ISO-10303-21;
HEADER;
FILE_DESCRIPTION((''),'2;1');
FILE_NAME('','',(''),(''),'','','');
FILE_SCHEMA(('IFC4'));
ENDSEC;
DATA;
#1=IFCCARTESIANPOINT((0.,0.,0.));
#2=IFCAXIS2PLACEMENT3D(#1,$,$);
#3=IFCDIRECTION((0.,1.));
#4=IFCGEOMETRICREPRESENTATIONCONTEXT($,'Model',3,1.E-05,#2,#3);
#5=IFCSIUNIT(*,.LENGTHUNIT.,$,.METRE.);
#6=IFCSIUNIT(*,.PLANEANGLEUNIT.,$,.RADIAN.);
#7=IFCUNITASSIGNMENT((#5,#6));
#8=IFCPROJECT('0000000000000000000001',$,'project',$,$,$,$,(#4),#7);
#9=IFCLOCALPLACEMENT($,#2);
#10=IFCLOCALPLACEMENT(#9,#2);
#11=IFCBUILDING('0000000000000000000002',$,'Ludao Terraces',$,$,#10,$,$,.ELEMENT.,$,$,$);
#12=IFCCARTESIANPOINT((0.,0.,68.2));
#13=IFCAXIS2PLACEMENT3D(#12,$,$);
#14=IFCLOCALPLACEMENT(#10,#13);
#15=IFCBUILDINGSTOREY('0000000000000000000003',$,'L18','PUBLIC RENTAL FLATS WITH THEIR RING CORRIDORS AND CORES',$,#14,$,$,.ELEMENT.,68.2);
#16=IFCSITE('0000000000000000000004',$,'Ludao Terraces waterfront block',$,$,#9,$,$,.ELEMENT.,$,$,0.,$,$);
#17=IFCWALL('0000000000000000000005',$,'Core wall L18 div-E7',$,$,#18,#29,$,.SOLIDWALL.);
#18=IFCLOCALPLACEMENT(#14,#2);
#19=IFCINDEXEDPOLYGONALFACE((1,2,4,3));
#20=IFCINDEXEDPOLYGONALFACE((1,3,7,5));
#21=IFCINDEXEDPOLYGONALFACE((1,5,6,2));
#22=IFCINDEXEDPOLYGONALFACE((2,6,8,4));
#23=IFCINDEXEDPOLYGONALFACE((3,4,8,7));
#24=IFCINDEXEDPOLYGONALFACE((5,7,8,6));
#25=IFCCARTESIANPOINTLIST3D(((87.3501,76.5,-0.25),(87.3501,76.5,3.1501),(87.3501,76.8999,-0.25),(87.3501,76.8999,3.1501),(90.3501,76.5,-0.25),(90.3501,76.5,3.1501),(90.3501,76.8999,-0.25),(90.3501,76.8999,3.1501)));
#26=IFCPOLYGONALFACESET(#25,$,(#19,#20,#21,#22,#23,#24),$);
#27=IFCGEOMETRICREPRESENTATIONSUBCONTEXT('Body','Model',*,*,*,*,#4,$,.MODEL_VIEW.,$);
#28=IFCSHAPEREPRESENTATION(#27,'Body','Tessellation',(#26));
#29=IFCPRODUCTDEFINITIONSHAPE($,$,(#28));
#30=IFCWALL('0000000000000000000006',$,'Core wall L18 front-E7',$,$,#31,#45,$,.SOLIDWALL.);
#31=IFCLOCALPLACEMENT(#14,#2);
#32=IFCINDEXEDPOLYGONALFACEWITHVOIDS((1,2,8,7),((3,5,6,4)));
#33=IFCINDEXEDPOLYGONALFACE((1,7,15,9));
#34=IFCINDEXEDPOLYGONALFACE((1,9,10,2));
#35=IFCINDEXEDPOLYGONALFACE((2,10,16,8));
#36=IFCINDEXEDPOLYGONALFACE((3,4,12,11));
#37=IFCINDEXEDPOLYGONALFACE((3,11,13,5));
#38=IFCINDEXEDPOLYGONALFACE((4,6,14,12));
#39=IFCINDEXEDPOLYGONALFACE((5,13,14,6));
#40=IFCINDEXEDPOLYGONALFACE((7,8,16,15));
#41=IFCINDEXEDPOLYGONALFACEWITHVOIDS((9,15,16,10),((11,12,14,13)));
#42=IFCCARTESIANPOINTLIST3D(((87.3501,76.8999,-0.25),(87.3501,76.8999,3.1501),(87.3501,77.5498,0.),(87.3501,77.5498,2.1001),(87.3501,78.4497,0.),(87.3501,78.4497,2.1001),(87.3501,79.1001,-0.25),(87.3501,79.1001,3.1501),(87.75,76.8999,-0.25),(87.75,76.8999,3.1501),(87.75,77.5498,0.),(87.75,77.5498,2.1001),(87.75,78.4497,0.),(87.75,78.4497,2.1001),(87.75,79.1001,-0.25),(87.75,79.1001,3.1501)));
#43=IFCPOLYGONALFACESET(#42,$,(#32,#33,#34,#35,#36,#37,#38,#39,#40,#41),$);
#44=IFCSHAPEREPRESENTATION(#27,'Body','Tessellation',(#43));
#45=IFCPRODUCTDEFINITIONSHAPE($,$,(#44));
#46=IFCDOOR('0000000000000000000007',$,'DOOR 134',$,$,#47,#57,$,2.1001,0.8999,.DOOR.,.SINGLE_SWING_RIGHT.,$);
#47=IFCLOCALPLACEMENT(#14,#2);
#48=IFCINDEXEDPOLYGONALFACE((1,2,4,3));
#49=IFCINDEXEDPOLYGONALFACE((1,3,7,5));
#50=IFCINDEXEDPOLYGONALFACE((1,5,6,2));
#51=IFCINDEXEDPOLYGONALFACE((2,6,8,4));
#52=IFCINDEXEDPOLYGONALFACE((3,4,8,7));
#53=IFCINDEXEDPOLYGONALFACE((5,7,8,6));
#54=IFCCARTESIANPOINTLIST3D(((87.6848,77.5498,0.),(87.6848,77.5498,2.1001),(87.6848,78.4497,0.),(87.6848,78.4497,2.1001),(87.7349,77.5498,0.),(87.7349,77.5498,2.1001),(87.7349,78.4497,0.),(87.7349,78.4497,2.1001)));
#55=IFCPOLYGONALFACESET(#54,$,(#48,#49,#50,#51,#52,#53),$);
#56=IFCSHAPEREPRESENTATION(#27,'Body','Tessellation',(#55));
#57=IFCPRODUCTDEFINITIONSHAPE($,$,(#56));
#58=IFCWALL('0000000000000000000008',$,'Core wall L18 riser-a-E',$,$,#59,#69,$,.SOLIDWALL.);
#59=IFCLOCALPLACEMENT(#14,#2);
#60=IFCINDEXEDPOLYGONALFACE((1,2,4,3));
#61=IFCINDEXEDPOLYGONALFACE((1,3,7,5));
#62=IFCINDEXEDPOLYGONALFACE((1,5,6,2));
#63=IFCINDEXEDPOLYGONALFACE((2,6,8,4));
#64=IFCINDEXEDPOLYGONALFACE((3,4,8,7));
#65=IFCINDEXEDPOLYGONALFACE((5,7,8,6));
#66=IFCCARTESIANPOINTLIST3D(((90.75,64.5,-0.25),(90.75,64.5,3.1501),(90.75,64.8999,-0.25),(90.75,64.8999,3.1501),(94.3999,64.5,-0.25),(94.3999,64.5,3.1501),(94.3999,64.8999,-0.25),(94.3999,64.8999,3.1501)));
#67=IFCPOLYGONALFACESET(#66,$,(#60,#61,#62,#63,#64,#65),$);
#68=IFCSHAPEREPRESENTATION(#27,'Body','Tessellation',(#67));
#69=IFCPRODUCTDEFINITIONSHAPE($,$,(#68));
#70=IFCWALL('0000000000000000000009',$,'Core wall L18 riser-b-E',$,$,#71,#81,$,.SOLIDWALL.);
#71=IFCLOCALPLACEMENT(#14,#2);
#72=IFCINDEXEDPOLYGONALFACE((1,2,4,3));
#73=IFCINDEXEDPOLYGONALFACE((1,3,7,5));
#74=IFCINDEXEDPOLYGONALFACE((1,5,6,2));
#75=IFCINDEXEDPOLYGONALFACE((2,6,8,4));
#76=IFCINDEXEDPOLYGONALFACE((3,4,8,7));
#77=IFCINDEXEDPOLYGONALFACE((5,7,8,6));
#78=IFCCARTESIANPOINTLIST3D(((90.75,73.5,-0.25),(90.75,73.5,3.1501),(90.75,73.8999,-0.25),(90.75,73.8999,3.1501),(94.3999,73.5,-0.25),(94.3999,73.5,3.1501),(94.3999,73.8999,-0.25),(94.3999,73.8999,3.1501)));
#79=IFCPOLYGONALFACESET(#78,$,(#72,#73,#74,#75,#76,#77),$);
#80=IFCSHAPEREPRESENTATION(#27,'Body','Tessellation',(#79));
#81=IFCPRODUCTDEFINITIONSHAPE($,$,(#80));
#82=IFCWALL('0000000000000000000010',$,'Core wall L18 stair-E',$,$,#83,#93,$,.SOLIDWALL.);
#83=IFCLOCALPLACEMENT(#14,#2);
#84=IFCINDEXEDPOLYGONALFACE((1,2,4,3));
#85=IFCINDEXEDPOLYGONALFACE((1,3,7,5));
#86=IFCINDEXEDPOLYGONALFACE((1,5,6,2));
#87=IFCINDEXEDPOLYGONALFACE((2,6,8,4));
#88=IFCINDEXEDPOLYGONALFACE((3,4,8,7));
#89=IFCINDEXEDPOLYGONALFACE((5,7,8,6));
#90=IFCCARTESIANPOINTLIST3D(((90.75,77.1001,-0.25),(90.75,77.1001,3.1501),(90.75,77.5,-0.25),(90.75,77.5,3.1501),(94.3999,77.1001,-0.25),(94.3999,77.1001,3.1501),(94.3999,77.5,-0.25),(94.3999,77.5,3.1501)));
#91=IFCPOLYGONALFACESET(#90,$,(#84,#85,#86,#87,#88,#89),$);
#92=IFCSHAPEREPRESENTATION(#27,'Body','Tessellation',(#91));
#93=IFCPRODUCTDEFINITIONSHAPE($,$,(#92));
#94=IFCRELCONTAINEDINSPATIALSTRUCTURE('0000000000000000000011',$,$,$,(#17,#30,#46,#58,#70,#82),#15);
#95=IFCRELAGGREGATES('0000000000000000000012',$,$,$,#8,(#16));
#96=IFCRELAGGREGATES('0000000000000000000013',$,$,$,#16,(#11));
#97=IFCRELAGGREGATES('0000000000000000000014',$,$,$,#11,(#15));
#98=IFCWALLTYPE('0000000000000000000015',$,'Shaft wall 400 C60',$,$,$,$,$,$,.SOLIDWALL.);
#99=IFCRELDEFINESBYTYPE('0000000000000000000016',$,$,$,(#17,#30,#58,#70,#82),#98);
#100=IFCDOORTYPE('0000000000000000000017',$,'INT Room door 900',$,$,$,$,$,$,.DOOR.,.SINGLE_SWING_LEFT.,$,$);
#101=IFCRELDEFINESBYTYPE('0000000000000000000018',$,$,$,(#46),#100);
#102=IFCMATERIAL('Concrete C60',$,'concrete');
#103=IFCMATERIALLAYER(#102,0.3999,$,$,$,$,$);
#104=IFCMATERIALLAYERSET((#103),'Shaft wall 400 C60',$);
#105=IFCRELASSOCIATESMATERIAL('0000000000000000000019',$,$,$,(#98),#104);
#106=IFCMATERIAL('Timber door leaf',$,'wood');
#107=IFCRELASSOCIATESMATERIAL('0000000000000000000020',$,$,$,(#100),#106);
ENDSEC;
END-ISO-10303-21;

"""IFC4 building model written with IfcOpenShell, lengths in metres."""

from ifc_helpers import new_model, si_unit, direction, frame, frame_2d, origin, place, context, subcontext, project, spatial, rectangle, extrude, material, layer, layer_set, type_object, element, fill, save


model = new_model("IFC4")

# Units and contexts
model_context = context("Model", 3, precision=1e-05, world=origin(), true_north=direction((0.0, 1.0)))
body_context = subcontext(model_context, "Body", "Model", "MODEL_VIEW")
ifc_project = project(units=[si_unit("LENGTHUNIT", "METRE"), si_unit("PLANEANGLEUNIT", "RADIAN")], contexts=[model_context])

# Site, building, storey
site_placement = place(None, origin())
site = spatial("IfcSite", under=ifc_project, at=site_placement, Name="Ludao Terraces waterfront block", CompositionType="ELEMENT", RefElevation=0.0)
building_placement = place(site_placement, origin())
building = spatial("IfcBuilding", under=site, at=building_placement, Name="Ludao Terraces", CompositionType="ELEMENT")
storey_placement = place(building_placement, frame((0.0, 0.0, 68.2)))
storey = spatial("IfcBuildingStorey", under=building, at=storey_placement, Name="L18", Description="PUBLIC RENTAL FLATS WITH THEIR RING CORRIDORS AND CORES", CompositionType="ELEMENT", Elevation=68.2)

# Shared definitions
ifc_material_1 = material(Name="Concrete C60", Category="concrete")
ifc_layer_1 = layer(ifc_material_1, 0.3999)
ifc_layer_set_1 = layer_set([ifc_layer_1], Name="Shaft wall 400 C60")
wall_type_1 = type_object("IfcWallType", Name="Shaft wall 400 C60", PredefinedType="SOLIDWALL", material=ifc_layer_set_1)

# Shared definitions
ifc_material_2 = material(Name="Timber door leaf", Category="wood")
door_type_1 = type_object("IfcDoorType", Name="INT Room door 900", OperationType="SINGLE_SWING_LEFT", PredefinedType="DOOR", material=ifc_material_2)

# Wall
wall_1_placement = place(storey_placement, frame((87.3501, 76.7, -0.25), z_axis=(0.0, 0.0, 1.0), x_axis=(1.0, 0.0, 0.0)))
element("IfcWall", 1, at=wall_1_placement, inside=storey, type_object=wall_type_1, Name="Core wall L18 div-E7", PredefinedType="SOLIDWALL", context=body_context, shape_type="SweptSolid", body=[
    extrude(rectangle(XDim=3.0, YDim=0.3999, at=frame_2d((1.5, 0.0))), origin(), (0.0, 0.0, 1.0), 3.4001),
])

# Wall, opening, door
wall_2_placement = place(storey_placement, frame((87.55, 76.8999, -0.25), z_axis=(0.0, 0.0, 1.0), x_axis=(0.0, 1.0, 0.0)))
wall_2 = element("IfcWall", 2, at=wall_2_placement, inside=storey, type_object=wall_type_1, Name="Core wall L18 front-E7", PredefinedType="SOLIDWALL", context=body_context, shape_type="SweptSolid", body=[
    extrude(rectangle(XDim=2.2002, YDim=0.3999, at=frame_2d((1.1001, 0.0))), origin(), (0.0, 0.0, 1.0), 3.4001),
])
opening_1_placement = place(wall_2_placement, frame((0.6499, 0.0, 0.25)))
opening_1 = element("IfcOpeningElement", 3, at=opening_1_placement, cuts=wall_2, PredefinedType="OPENING", context=body_context, shape_type="SweptSolid", body=[
    extrude(rectangle(XDim=0.8999, YDim=2.1001, at=frame_2d((0.45, 1.05))), frame((0.0, 0.21, 0.0), z_axis=(0.0, -1.0, 0.0), x_axis=(1.0, 0.0, 0.0)), (0.0, 0.0, 1.0), 0.4199),
])
door_1_placement = place(opening_1_placement, origin())
door_1 = element("IfcDoor", 4, at=door_1_placement, inside=storey, type_object=door_type_1, Name="DOOR 134", OperationType="SINGLE_SWING_RIGHT", OverallHeight=2.1001, OverallWidth=0.8999, PredefinedType="DOOR", context=body_context, shape_type="SweptSolid", body=[
    extrude(rectangle(XDim=0.8999, YDim=2.1001, at=frame_2d((0.45, 1.05))), frame((0.0, -0.1348, 0.0), z_axis=(0.0, -1.0, 0.0), x_axis=(1.0, 0.0, 0.0)), (0.0, 0.0, 1.0), 0.05),
])
fill(opening_1, door_1)

# Walls
for number, where, z_axis, x_axis, name in (
    (5, (90.75, 64.7, -0.25), (0.0, 0.0, 1.0), (1.0, 0.0, 0.0), "Core wall L18 riser-a-E"),
    (6, (90.75, 73.7, -0.25), (0.0, 0.0, 1.0), (1.0, 0.0, 0.0), "Core wall L18 riser-b-E"),
    (7, (90.75, 77.3, -0.25), (0.0, 0.0, 1.0), (1.0, 0.0, 0.0), "Core wall L18 stair-E"),
):
    element("IfcWall", number, at=place(storey_placement, frame(where, z_axis=z_axis, x_axis=x_axis)), inside=storey, type_object=wall_type_1, Name=name, PredefinedType="SOLIDWALL", context=body_context, shape_type="SweptSolid", body=[
        extrude(rectangle(XDim=3.6499, YDim=0.3999, at=frame_2d((1.825, 0.0))), origin(), (0.0, 0.0, 1.0), 3.4001),
    ])

save(model, "model.ifc")
